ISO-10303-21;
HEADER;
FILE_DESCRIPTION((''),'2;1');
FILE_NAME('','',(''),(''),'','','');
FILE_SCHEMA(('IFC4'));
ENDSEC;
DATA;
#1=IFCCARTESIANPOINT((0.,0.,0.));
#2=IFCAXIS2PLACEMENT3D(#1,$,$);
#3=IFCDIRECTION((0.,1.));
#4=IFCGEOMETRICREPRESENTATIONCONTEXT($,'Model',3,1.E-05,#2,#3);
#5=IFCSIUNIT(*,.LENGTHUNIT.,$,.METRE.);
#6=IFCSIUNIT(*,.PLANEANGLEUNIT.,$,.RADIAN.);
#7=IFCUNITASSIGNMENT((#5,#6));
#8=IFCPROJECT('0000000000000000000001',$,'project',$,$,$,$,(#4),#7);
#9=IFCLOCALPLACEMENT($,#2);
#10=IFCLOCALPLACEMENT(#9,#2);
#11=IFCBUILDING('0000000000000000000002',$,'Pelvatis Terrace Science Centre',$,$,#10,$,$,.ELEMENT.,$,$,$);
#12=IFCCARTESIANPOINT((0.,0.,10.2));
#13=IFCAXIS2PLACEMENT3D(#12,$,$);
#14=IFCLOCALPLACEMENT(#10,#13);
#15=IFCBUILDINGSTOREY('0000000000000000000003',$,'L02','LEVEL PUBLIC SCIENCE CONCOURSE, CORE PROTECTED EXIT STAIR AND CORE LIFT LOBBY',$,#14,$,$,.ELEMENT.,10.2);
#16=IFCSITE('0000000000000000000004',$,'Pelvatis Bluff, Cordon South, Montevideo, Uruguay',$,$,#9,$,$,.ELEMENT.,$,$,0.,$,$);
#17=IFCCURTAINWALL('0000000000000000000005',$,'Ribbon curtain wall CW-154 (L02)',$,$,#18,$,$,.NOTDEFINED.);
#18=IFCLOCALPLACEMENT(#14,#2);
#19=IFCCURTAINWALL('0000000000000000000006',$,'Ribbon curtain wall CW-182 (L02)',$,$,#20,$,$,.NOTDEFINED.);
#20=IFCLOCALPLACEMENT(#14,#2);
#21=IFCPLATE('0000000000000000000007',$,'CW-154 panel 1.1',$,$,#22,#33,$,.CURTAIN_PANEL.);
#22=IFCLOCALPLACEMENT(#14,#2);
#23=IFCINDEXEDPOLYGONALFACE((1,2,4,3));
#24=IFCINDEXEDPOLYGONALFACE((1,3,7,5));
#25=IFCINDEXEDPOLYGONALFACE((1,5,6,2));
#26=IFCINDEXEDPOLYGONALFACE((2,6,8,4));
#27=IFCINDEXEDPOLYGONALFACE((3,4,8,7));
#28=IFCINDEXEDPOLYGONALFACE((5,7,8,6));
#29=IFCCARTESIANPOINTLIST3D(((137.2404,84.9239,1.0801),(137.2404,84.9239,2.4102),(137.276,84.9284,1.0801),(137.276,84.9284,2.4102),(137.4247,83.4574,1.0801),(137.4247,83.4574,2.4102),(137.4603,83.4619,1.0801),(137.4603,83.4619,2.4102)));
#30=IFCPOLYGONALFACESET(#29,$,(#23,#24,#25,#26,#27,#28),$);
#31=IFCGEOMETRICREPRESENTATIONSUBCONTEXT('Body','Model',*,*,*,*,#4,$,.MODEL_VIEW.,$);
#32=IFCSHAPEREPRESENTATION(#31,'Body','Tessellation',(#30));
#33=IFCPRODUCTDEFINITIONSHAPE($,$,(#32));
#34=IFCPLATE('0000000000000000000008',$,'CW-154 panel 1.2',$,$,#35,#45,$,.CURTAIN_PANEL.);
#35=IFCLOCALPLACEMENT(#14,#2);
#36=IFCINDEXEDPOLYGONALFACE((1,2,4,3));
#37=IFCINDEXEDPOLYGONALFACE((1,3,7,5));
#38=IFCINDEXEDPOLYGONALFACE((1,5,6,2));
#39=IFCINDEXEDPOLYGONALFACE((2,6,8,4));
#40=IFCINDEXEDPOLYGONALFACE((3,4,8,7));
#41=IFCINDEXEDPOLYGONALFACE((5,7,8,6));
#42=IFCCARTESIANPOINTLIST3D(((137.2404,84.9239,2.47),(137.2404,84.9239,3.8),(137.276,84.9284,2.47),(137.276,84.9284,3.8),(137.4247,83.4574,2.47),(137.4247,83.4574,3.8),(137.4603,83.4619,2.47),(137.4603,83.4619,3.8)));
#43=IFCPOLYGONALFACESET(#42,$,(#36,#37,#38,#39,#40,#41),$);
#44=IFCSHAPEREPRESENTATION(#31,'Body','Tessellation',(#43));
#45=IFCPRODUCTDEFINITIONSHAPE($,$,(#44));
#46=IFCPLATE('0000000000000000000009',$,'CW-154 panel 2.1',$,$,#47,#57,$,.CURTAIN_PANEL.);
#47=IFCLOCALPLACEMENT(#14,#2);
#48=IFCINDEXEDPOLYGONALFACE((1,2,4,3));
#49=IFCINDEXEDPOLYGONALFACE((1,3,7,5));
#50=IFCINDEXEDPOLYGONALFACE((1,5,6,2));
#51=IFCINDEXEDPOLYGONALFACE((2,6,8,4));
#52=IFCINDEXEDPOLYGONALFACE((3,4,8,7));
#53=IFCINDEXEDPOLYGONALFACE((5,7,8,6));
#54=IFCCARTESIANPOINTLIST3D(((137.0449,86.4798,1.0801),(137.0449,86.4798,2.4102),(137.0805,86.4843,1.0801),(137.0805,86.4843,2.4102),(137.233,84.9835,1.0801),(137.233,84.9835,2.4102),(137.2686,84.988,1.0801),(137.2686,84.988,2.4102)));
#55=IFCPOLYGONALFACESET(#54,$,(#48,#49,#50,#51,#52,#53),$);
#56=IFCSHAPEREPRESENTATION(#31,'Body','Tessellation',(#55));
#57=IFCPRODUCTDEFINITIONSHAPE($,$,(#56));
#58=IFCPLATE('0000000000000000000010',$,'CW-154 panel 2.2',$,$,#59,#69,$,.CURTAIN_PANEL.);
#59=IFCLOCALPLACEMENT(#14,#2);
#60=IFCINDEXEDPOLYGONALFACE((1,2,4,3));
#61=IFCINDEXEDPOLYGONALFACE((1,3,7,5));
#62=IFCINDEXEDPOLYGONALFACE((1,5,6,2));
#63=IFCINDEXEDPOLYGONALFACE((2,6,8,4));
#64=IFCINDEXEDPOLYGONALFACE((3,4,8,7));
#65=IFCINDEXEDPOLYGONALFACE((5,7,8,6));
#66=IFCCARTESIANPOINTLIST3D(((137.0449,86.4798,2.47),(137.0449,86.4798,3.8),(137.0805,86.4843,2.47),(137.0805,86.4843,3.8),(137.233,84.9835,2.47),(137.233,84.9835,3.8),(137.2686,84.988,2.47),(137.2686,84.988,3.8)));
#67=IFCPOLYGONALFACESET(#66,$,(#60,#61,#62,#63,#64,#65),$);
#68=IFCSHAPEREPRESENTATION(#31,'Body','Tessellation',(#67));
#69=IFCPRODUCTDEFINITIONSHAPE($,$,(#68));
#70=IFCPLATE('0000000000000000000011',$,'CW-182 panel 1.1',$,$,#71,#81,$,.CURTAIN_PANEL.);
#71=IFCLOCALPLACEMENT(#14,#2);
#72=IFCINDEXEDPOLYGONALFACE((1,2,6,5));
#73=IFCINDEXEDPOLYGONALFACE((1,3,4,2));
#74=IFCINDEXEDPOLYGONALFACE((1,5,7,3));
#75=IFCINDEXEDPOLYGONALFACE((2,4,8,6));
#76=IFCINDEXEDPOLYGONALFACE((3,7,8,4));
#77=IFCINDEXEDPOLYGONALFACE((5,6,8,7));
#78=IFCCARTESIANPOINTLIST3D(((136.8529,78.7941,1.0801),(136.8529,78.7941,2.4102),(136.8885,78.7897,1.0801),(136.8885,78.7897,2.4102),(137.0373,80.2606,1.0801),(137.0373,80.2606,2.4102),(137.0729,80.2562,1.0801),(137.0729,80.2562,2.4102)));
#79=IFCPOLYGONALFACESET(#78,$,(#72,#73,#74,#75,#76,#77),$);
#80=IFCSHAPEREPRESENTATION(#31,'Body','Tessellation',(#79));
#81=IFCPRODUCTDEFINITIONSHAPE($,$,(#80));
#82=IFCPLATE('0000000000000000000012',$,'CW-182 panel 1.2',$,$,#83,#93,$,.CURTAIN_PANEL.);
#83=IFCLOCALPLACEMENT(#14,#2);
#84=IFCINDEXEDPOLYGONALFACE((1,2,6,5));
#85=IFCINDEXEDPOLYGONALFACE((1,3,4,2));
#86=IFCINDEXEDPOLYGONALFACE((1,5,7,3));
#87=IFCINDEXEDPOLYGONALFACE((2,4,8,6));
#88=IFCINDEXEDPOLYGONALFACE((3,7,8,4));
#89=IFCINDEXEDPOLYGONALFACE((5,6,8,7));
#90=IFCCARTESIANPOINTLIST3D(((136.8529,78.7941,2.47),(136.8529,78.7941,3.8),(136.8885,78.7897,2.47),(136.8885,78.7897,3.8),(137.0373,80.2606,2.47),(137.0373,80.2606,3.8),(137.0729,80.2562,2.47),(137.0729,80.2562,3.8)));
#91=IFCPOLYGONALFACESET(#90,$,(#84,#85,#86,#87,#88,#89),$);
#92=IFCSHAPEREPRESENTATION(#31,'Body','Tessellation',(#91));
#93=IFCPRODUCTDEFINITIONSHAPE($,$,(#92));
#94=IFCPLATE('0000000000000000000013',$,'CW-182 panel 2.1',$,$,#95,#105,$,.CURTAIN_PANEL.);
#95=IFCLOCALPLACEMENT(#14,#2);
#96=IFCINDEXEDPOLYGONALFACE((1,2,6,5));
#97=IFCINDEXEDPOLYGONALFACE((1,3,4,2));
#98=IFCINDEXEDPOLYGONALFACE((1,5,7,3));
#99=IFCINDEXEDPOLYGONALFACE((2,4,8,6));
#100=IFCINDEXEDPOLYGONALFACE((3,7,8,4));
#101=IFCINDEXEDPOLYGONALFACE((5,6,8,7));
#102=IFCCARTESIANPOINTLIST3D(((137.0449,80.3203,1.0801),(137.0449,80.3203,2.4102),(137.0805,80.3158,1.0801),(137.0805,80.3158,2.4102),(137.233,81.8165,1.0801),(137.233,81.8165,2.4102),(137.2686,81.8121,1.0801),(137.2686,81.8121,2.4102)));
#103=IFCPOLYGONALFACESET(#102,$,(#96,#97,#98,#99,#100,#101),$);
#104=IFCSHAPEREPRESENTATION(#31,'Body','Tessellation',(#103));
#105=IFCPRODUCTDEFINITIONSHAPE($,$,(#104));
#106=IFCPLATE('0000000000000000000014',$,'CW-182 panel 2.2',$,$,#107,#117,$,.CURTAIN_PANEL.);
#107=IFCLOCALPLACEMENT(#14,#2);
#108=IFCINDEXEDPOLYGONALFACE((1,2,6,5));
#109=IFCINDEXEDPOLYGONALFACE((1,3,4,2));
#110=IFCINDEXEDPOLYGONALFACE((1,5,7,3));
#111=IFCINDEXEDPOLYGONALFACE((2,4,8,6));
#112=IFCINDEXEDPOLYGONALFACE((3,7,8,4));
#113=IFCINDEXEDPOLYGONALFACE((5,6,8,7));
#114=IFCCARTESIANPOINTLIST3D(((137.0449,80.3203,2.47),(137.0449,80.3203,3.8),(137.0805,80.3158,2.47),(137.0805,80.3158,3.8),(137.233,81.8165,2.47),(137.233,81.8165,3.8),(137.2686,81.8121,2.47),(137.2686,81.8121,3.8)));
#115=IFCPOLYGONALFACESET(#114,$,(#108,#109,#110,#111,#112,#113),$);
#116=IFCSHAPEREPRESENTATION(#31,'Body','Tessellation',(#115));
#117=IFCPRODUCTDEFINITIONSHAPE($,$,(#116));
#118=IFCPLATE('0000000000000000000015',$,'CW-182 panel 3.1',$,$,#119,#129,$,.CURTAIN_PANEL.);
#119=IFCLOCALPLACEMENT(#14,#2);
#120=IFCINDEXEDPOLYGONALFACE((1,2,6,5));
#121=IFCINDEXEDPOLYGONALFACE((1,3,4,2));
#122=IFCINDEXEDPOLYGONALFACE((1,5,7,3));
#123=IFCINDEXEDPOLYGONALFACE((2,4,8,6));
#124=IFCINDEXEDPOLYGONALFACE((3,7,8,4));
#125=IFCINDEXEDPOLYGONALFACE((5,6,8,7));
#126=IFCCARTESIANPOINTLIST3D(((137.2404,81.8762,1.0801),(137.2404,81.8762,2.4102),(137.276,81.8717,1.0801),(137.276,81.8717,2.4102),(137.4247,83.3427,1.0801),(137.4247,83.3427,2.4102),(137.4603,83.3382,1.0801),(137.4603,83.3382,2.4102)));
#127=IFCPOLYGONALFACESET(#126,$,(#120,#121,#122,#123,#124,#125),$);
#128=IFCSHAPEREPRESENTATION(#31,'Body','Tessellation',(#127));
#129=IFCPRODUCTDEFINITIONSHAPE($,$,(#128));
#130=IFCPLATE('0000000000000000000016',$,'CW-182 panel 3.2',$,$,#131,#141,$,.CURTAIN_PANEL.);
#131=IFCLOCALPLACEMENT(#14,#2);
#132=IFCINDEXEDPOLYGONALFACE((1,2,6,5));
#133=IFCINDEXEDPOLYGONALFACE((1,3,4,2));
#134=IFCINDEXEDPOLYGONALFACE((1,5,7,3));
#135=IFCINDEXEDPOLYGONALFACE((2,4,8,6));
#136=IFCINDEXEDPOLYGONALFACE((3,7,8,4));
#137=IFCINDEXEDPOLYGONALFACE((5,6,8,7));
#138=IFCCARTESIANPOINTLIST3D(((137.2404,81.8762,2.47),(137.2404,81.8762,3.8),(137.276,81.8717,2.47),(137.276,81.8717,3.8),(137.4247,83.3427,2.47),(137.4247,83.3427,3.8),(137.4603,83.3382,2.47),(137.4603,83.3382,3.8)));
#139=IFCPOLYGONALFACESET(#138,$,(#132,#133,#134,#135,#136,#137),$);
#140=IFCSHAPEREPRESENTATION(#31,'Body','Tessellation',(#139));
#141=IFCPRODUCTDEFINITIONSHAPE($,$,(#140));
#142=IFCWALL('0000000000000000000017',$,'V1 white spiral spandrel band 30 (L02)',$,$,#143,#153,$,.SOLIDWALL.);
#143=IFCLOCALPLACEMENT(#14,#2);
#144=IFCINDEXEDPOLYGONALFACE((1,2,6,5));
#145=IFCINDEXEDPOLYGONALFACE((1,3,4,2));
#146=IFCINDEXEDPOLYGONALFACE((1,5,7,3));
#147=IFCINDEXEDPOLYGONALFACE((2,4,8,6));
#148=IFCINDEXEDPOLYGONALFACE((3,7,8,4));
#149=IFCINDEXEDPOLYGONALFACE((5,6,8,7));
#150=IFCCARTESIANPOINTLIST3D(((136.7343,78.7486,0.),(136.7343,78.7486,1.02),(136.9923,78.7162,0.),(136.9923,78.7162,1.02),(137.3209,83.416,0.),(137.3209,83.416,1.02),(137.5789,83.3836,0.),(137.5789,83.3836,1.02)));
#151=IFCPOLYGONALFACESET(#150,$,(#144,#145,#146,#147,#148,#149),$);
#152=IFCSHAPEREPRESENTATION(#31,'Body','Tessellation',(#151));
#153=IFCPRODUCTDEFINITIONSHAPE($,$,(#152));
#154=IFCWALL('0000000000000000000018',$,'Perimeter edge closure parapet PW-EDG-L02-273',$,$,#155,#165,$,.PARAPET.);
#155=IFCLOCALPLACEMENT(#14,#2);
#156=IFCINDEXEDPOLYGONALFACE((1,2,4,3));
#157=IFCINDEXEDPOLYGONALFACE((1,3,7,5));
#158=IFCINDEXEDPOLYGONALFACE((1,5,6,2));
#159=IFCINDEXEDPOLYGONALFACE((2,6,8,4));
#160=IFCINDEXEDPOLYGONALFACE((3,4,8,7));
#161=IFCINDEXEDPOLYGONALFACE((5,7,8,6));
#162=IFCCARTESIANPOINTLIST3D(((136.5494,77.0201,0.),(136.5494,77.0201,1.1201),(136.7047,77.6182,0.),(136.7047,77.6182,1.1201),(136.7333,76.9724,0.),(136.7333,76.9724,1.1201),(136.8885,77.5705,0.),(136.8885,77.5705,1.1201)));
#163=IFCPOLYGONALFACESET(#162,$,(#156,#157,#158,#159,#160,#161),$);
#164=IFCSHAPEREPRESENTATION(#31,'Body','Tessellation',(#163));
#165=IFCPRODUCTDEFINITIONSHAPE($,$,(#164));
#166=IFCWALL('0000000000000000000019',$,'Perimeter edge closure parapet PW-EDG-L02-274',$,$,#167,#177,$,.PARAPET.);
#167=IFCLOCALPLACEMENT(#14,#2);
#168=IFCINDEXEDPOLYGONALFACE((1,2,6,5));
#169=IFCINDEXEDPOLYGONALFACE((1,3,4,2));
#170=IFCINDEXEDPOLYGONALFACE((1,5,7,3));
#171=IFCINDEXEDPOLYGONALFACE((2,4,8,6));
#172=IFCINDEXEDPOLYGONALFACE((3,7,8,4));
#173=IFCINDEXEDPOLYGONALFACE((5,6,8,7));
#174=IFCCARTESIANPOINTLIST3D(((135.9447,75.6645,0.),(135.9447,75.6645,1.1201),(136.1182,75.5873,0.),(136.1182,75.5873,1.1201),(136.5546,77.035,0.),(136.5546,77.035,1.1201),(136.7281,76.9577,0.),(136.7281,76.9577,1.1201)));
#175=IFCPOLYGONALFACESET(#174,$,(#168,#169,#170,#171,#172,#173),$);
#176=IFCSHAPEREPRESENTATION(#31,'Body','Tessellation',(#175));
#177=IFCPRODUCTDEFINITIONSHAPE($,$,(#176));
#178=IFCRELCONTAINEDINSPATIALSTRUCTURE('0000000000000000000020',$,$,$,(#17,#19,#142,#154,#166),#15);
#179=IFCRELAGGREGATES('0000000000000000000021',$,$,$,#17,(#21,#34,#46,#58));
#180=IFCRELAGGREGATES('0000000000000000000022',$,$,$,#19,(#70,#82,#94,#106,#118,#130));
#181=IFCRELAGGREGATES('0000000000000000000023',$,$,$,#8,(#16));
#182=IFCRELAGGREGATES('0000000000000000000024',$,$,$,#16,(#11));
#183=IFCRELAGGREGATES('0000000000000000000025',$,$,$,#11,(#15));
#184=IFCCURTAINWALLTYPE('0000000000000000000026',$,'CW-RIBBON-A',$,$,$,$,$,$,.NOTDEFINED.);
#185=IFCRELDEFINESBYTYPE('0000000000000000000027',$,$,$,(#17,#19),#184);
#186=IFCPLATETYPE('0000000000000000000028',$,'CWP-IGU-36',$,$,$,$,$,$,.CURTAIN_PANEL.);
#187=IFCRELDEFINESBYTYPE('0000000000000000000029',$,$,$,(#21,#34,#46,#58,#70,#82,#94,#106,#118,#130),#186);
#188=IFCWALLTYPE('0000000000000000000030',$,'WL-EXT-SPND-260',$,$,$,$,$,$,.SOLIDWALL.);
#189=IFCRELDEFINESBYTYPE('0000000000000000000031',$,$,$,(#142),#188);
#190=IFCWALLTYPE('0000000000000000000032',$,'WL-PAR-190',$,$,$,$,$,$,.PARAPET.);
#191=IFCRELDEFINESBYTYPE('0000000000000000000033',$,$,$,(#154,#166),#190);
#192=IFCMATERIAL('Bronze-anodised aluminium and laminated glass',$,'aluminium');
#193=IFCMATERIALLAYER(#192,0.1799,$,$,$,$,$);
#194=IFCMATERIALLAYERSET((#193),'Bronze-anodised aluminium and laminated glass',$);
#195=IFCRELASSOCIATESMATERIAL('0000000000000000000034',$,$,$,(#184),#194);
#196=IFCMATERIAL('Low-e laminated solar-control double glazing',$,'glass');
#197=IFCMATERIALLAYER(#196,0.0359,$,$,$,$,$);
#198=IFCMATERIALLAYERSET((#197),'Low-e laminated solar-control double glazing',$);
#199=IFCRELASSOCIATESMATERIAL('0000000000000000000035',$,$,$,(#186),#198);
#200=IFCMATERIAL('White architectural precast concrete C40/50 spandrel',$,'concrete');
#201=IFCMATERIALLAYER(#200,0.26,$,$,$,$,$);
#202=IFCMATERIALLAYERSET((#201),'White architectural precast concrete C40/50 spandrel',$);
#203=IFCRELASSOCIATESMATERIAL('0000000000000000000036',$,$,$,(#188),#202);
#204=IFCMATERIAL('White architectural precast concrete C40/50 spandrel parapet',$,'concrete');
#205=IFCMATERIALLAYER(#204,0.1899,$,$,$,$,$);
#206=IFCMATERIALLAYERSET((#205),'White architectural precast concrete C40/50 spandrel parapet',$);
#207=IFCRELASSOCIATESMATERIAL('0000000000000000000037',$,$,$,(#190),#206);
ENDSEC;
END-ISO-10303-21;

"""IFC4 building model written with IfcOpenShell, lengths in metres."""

from ifc_helpers import new_model, si_unit, direction, frame, frame_2d, origin, origin_2d, place, context, subcontext, project, spatial, rectangle, extrude, material, layer, layer_set, type_object, element, aggregate, save


model = new_model("IFC4")

# Units and contexts
model_context = context("Model", 3, precision=1e-05, world=origin(), true_north=direction((0.0, 1.0)))
body_context = subcontext(model_context, "Body", "Model", "MODEL_VIEW")
ifc_project = project(units=[si_unit("LENGTHUNIT", "METRE"), si_unit("PLANEANGLEUNIT", "RADIAN")], contexts=[model_context])

# Site, building, storey
site_placement = place(None, origin())
site = spatial("IfcSite", under=ifc_project, at=site_placement, Name="Pelvatis Bluff, Cordon South, Montevideo, Uruguay", CompositionType="ELEMENT", RefElevation=0.0)
building_placement = place(site_placement, origin())
building = spatial("IfcBuilding", under=site, at=building_placement, Name="Pelvatis Terrace Science Centre", CompositionType="ELEMENT")
storey_placement = place(building_placement, frame((0.0, 0.0, 10.2)))
storey = spatial("IfcBuildingStorey", under=building, at=storey_placement, Name="L02", Description="LEVEL PUBLIC SCIENCE CONCOURSE, CORE PROTECTED EXIT STAIR AND CORE LIFT LOBBY", CompositionType="ELEMENT", Elevation=10.2)

# Curtain wall
ifc_material_1 = material(Name="Bronze-anodised aluminium and laminated glass", Category="aluminium")
ifc_layer_1 = layer(ifc_material_1, 0.1799)
ifc_layer_set_1 = layer_set([ifc_layer_1], Name="Bronze-anodised aluminium and laminated glass")
curtain_wall_type = type_object("IfcCurtainWallType", Name="CW-RIBBON-A", PredefinedType="NOTDEFINED", material=ifc_layer_set_1)
curtain_wall_1_placement = place(storey_placement, origin())
curtain_wall_1 = element("IfcCurtainWall", 1, at=curtain_wall_1_placement, inside=storey, type_object=curtain_wall_type, Name="Ribbon curtain wall CW-154 (L02)", PredefinedType="NOTDEFINED")

# Curtain wall
curtain_wall_2_placement = place(storey_placement, origin())
curtain_wall_2 = element("IfcCurtainWall", 2, at=curtain_wall_2_placement, inside=storey, type_object=curtain_wall_type, Name="Ribbon curtain wall CW-182 (L02)", PredefinedType="NOTDEFINED")

# Plates
ifc_material_2 = material(Name="Low-e laminated solar-control double glazing", Category="glass")
ifc_layer_2 = layer(ifc_material_2, 0.0359)
ifc_layer_set_2 = layer_set([ifc_layer_2], Name="Low-e laminated solar-control double glazing")
plate_type = type_object("IfcPlateType", Name="CWP-IGU-36", PredefinedType="CURTAIN_PANEL", material=ifc_layer_set_2)
plate_1_placement = place(storey_placement, frame((137.3503, 84.1929, 1.0801), z_axis=(0.0, 0.0, 1.0), x_axis=(-0.124715, 0.992193, 0.0)))
plate_1 = element("IfcPlate", 3, at=plate_1_placement, type_object=plate_type, Name="CW-154 panel 1.1", PredefinedType="CURTAIN_PANEL", context=body_context, shape_type="SweptSolid", body=[
    extrude(rectangle(XDim=1.478, YDim=0.0359, at=origin_2d()), origin(), (0.0, 0.0, 1.0), 1.3301),
])
plate_2_placement = place(storey_placement, frame((137.3503, 84.1929, 2.47), z_axis=(0.0, 0.0, 1.0), x_axis=(-0.124715, 0.992193, 0.0)))
plate_2 = element("IfcPlate", 4, at=plate_2_placement, type_object=plate_type, Name="CW-154 panel 1.2", PredefinedType="CURTAIN_PANEL", context=body_context, shape_type="SweptSolid", body=[
    extrude(rectangle(XDim=1.478, YDim=0.0359, at=origin_2d()), origin(), (0.0, 0.0, 1.0), 1.3301),
])
plate_3_placement = place(storey_placement, frame((137.1567, 85.7339, 1.0801), z_axis=(0.0, 0.0, 1.0), x_axis=(-0.124715, 0.992193, 0.0)))
plate_3 = element("IfcPlate", 5, at=plate_3_placement, type_object=plate_type, Name="CW-154 panel 2.1", PredefinedType="CURTAIN_PANEL", context=body_context, shape_type="SweptSolid", body=[
    extrude(rectangle(XDim=1.5081, YDim=0.0359, at=origin_2d()), origin(), (0.0, 0.0, 1.0), 1.3301),
])
plate_4_placement = place(storey_placement, frame((137.1567, 85.7339, 2.47), z_axis=(0.0, 0.0, 1.0), x_axis=(-0.124715, 0.992193, 0.0)))
plate_4 = element("IfcPlate", 6, at=plate_4_placement, type_object=plate_type, Name="CW-154 panel 2.2", PredefinedType="CURTAIN_PANEL", context=body_context, shape_type="SweptSolid", body=[
    extrude(rectangle(XDim=1.5081, YDim=0.0359, at=origin_2d()), origin(), (0.0, 0.0, 1.0), 1.3301),
])
aggregate(curtain_wall_1, [plate_1, plate_2, plate_3, plate_4])
plate_5_placement = place(storey_placement, frame((136.9629, 79.5251, 1.0801), z_axis=(0.0, 0.0, 1.0), x_axis=(0.124715, 0.992193, 0.0)))
plate_5 = element("IfcPlate", 7, at=plate_5_placement, type_object=plate_type, Name="CW-182 panel 1.1", PredefinedType="CURTAIN_PANEL", context=body_context, shape_type="SweptSolid", body=[
    extrude(rectangle(XDim=1.478, YDim=0.0359, at=origin_2d()), origin(), (0.0, 0.0, 1.0), 1.3301),
])
plate_6_placement = place(storey_placement, frame((136.9629, 79.5251, 2.47), z_axis=(0.0, 0.0, 1.0), x_axis=(0.124715, 0.992193, 0.0)))
plate_6 = element("IfcPlate", 8, at=plate_6_placement, type_object=plate_type, Name="CW-182 panel 1.2", PredefinedType="CURTAIN_PANEL", context=body_context, shape_type="SweptSolid", body=[
    extrude(rectangle(XDim=1.478, YDim=0.0359, at=origin_2d()), origin(), (0.0, 0.0, 1.0), 1.3301),
])
plate_7_placement = place(storey_placement, frame((137.1567, 81.0662, 1.0801), z_axis=(0.0, 0.0, 1.0), x_axis=(0.124715, 0.992193, 0.0)))
plate_7 = element("IfcPlate", 9, at=plate_7_placement, type_object=plate_type, Name="CW-182 panel 2.1", PredefinedType="CURTAIN_PANEL", context=body_context, shape_type="SweptSolid", body=[
    extrude(rectangle(XDim=1.5081, YDim=0.0359, at=origin_2d()), origin(), (0.0, 0.0, 1.0), 1.3301),
])
plate_8_placement = place(storey_placement, frame((137.1567, 81.0662, 2.47), z_axis=(0.0, 0.0, 1.0), x_axis=(0.124715, 0.992193, 0.0)))
plate_8 = element("IfcPlate", 10, at=plate_8_placement, type_object=plate_type, Name="CW-182 panel 2.2", PredefinedType="CURTAIN_PANEL", context=body_context, shape_type="SweptSolid", body=[
    extrude(rectangle(XDim=1.5081, YDim=0.0359, at=origin_2d()), origin(), (0.0, 0.0, 1.0), 1.3301),
])
plate_9_placement = place(storey_placement, frame((137.3503, 82.6072, 1.0801), z_axis=(0.0, 0.0, 1.0), x_axis=(0.124715, 0.992193, 0.0)))
plate_9 = element("IfcPlate", 11, at=plate_9_placement, type_object=plate_type, Name="CW-182 panel 3.1", PredefinedType="CURTAIN_PANEL", context=body_context, shape_type="SweptSolid", body=[
    extrude(rectangle(XDim=1.478, YDim=0.0359, at=origin_2d()), origin(), (0.0, 0.0, 1.0), 1.3301),
])
plate_10_placement = place(storey_placement, frame((137.3503, 82.6072, 2.47), z_axis=(0.0, 0.0, 1.0), x_axis=(0.124715, 0.992193, 0.0)))
plate_10 = element("IfcPlate", 12, at=plate_10_placement, type_object=plate_type, Name="CW-182 panel 3.2", PredefinedType="CURTAIN_PANEL", context=body_context, shape_type="SweptSolid", body=[
    extrude(rectangle(XDim=1.478, YDim=0.0359, at=origin_2d()), origin(), (0.0, 0.0, 1.0), 1.3301),
])
aggregate(curtain_wall_2, [plate_5, plate_6, plate_7, plate_8, plate_9, plate_10])

# Walls
ifc_material_3 = material(Name="White architectural precast concrete C40/50 spandrel", Category="concrete")
ifc_layer_3 = layer(ifc_material_3, 0.26)
ifc_layer_set_3 = layer_set([ifc_layer_3], Name="White architectural precast concrete C40/50 spandrel")
wall_type_1 = type_object("IfcWallType", Name="WL-EXT-SPND-260", PredefinedType="SOLIDWALL", material=ifc_layer_set_3)
wall_1_placement = place(storey_placement, frame((136.8633, 78.7324, 0.0), z_axis=(0.0, 0.0, 1.0), x_axis=(0.124712, 0.992193, 0.0)))
element("IfcWall", 13, at=wall_1_placement, inside=storey, type_object=wall_type_1, Name="V1 white spiral spandrel band 30 (L02)", PredefinedType="SOLIDWALL", context=body_context, shape_type="SweptSolid", body=[
    extrude(rectangle(XDim=4.7041, YDim=0.26, at=frame_2d((2.3521, 0.0))), origin(), (0.0, 0.0, 1.0), 1.02),
])
ifc_material_4 = material(Name="White architectural precast concrete C40/50 spandrel parapet", Category="concrete")
ifc_layer_4 = layer(ifc_material_4, 0.1899)
ifc_layer_set_4 = layer_set([ifc_layer_4], Name="White architectural precast concrete C40/50 spandrel parapet")
wall_type_2 = type_object("IfcWallType", Name="WL-PAR-190", PredefinedType="PARAPET", material=ifc_layer_set_4)
wall_2_placement = place(storey_placement, frame((136.7966, 77.5945, 0.0), z_axis=(0.0, 0.0, 1.0), x_axis=(-0.251264, -0.967919, 0.0)))
element("IfcWall", 14, at=wall_2_placement, inside=storey, type_object=wall_type_2, Name="Perimeter edge closure parapet PW-EDG-L02-273", PredefinedType="PARAPET", context=body_context, shape_type="SweptSolid", body=[
    extrude(rectangle(XDim=0.6179, YDim=0.1899, at=frame_2d((0.3091, 0.0))), origin(), (0.0, 0.0, 1.0), 1.1201),
])
wall_3_placement = place(storey_placement, frame((136.6414, 76.9963, 0.0), z_axis=(0.0, 0.0, 1.0), x_axis=(-0.406591, -0.91361, 0.0)))
element("IfcWall", 15, at=wall_3_placement, inside=storey, type_object=wall_type_2, Name="Perimeter edge closure parapet PW-EDG-L02-274", PredefinedType="PARAPET", context=body_context, shape_type="SweptSolid", body=[
    extrude(rectangle(XDim=1.5, YDim=0.1899, at=frame_2d((0.75, 0.0))), origin(), (0.0, 0.0, 1.0), 1.1201),
])

save(model, "model.ifc")
